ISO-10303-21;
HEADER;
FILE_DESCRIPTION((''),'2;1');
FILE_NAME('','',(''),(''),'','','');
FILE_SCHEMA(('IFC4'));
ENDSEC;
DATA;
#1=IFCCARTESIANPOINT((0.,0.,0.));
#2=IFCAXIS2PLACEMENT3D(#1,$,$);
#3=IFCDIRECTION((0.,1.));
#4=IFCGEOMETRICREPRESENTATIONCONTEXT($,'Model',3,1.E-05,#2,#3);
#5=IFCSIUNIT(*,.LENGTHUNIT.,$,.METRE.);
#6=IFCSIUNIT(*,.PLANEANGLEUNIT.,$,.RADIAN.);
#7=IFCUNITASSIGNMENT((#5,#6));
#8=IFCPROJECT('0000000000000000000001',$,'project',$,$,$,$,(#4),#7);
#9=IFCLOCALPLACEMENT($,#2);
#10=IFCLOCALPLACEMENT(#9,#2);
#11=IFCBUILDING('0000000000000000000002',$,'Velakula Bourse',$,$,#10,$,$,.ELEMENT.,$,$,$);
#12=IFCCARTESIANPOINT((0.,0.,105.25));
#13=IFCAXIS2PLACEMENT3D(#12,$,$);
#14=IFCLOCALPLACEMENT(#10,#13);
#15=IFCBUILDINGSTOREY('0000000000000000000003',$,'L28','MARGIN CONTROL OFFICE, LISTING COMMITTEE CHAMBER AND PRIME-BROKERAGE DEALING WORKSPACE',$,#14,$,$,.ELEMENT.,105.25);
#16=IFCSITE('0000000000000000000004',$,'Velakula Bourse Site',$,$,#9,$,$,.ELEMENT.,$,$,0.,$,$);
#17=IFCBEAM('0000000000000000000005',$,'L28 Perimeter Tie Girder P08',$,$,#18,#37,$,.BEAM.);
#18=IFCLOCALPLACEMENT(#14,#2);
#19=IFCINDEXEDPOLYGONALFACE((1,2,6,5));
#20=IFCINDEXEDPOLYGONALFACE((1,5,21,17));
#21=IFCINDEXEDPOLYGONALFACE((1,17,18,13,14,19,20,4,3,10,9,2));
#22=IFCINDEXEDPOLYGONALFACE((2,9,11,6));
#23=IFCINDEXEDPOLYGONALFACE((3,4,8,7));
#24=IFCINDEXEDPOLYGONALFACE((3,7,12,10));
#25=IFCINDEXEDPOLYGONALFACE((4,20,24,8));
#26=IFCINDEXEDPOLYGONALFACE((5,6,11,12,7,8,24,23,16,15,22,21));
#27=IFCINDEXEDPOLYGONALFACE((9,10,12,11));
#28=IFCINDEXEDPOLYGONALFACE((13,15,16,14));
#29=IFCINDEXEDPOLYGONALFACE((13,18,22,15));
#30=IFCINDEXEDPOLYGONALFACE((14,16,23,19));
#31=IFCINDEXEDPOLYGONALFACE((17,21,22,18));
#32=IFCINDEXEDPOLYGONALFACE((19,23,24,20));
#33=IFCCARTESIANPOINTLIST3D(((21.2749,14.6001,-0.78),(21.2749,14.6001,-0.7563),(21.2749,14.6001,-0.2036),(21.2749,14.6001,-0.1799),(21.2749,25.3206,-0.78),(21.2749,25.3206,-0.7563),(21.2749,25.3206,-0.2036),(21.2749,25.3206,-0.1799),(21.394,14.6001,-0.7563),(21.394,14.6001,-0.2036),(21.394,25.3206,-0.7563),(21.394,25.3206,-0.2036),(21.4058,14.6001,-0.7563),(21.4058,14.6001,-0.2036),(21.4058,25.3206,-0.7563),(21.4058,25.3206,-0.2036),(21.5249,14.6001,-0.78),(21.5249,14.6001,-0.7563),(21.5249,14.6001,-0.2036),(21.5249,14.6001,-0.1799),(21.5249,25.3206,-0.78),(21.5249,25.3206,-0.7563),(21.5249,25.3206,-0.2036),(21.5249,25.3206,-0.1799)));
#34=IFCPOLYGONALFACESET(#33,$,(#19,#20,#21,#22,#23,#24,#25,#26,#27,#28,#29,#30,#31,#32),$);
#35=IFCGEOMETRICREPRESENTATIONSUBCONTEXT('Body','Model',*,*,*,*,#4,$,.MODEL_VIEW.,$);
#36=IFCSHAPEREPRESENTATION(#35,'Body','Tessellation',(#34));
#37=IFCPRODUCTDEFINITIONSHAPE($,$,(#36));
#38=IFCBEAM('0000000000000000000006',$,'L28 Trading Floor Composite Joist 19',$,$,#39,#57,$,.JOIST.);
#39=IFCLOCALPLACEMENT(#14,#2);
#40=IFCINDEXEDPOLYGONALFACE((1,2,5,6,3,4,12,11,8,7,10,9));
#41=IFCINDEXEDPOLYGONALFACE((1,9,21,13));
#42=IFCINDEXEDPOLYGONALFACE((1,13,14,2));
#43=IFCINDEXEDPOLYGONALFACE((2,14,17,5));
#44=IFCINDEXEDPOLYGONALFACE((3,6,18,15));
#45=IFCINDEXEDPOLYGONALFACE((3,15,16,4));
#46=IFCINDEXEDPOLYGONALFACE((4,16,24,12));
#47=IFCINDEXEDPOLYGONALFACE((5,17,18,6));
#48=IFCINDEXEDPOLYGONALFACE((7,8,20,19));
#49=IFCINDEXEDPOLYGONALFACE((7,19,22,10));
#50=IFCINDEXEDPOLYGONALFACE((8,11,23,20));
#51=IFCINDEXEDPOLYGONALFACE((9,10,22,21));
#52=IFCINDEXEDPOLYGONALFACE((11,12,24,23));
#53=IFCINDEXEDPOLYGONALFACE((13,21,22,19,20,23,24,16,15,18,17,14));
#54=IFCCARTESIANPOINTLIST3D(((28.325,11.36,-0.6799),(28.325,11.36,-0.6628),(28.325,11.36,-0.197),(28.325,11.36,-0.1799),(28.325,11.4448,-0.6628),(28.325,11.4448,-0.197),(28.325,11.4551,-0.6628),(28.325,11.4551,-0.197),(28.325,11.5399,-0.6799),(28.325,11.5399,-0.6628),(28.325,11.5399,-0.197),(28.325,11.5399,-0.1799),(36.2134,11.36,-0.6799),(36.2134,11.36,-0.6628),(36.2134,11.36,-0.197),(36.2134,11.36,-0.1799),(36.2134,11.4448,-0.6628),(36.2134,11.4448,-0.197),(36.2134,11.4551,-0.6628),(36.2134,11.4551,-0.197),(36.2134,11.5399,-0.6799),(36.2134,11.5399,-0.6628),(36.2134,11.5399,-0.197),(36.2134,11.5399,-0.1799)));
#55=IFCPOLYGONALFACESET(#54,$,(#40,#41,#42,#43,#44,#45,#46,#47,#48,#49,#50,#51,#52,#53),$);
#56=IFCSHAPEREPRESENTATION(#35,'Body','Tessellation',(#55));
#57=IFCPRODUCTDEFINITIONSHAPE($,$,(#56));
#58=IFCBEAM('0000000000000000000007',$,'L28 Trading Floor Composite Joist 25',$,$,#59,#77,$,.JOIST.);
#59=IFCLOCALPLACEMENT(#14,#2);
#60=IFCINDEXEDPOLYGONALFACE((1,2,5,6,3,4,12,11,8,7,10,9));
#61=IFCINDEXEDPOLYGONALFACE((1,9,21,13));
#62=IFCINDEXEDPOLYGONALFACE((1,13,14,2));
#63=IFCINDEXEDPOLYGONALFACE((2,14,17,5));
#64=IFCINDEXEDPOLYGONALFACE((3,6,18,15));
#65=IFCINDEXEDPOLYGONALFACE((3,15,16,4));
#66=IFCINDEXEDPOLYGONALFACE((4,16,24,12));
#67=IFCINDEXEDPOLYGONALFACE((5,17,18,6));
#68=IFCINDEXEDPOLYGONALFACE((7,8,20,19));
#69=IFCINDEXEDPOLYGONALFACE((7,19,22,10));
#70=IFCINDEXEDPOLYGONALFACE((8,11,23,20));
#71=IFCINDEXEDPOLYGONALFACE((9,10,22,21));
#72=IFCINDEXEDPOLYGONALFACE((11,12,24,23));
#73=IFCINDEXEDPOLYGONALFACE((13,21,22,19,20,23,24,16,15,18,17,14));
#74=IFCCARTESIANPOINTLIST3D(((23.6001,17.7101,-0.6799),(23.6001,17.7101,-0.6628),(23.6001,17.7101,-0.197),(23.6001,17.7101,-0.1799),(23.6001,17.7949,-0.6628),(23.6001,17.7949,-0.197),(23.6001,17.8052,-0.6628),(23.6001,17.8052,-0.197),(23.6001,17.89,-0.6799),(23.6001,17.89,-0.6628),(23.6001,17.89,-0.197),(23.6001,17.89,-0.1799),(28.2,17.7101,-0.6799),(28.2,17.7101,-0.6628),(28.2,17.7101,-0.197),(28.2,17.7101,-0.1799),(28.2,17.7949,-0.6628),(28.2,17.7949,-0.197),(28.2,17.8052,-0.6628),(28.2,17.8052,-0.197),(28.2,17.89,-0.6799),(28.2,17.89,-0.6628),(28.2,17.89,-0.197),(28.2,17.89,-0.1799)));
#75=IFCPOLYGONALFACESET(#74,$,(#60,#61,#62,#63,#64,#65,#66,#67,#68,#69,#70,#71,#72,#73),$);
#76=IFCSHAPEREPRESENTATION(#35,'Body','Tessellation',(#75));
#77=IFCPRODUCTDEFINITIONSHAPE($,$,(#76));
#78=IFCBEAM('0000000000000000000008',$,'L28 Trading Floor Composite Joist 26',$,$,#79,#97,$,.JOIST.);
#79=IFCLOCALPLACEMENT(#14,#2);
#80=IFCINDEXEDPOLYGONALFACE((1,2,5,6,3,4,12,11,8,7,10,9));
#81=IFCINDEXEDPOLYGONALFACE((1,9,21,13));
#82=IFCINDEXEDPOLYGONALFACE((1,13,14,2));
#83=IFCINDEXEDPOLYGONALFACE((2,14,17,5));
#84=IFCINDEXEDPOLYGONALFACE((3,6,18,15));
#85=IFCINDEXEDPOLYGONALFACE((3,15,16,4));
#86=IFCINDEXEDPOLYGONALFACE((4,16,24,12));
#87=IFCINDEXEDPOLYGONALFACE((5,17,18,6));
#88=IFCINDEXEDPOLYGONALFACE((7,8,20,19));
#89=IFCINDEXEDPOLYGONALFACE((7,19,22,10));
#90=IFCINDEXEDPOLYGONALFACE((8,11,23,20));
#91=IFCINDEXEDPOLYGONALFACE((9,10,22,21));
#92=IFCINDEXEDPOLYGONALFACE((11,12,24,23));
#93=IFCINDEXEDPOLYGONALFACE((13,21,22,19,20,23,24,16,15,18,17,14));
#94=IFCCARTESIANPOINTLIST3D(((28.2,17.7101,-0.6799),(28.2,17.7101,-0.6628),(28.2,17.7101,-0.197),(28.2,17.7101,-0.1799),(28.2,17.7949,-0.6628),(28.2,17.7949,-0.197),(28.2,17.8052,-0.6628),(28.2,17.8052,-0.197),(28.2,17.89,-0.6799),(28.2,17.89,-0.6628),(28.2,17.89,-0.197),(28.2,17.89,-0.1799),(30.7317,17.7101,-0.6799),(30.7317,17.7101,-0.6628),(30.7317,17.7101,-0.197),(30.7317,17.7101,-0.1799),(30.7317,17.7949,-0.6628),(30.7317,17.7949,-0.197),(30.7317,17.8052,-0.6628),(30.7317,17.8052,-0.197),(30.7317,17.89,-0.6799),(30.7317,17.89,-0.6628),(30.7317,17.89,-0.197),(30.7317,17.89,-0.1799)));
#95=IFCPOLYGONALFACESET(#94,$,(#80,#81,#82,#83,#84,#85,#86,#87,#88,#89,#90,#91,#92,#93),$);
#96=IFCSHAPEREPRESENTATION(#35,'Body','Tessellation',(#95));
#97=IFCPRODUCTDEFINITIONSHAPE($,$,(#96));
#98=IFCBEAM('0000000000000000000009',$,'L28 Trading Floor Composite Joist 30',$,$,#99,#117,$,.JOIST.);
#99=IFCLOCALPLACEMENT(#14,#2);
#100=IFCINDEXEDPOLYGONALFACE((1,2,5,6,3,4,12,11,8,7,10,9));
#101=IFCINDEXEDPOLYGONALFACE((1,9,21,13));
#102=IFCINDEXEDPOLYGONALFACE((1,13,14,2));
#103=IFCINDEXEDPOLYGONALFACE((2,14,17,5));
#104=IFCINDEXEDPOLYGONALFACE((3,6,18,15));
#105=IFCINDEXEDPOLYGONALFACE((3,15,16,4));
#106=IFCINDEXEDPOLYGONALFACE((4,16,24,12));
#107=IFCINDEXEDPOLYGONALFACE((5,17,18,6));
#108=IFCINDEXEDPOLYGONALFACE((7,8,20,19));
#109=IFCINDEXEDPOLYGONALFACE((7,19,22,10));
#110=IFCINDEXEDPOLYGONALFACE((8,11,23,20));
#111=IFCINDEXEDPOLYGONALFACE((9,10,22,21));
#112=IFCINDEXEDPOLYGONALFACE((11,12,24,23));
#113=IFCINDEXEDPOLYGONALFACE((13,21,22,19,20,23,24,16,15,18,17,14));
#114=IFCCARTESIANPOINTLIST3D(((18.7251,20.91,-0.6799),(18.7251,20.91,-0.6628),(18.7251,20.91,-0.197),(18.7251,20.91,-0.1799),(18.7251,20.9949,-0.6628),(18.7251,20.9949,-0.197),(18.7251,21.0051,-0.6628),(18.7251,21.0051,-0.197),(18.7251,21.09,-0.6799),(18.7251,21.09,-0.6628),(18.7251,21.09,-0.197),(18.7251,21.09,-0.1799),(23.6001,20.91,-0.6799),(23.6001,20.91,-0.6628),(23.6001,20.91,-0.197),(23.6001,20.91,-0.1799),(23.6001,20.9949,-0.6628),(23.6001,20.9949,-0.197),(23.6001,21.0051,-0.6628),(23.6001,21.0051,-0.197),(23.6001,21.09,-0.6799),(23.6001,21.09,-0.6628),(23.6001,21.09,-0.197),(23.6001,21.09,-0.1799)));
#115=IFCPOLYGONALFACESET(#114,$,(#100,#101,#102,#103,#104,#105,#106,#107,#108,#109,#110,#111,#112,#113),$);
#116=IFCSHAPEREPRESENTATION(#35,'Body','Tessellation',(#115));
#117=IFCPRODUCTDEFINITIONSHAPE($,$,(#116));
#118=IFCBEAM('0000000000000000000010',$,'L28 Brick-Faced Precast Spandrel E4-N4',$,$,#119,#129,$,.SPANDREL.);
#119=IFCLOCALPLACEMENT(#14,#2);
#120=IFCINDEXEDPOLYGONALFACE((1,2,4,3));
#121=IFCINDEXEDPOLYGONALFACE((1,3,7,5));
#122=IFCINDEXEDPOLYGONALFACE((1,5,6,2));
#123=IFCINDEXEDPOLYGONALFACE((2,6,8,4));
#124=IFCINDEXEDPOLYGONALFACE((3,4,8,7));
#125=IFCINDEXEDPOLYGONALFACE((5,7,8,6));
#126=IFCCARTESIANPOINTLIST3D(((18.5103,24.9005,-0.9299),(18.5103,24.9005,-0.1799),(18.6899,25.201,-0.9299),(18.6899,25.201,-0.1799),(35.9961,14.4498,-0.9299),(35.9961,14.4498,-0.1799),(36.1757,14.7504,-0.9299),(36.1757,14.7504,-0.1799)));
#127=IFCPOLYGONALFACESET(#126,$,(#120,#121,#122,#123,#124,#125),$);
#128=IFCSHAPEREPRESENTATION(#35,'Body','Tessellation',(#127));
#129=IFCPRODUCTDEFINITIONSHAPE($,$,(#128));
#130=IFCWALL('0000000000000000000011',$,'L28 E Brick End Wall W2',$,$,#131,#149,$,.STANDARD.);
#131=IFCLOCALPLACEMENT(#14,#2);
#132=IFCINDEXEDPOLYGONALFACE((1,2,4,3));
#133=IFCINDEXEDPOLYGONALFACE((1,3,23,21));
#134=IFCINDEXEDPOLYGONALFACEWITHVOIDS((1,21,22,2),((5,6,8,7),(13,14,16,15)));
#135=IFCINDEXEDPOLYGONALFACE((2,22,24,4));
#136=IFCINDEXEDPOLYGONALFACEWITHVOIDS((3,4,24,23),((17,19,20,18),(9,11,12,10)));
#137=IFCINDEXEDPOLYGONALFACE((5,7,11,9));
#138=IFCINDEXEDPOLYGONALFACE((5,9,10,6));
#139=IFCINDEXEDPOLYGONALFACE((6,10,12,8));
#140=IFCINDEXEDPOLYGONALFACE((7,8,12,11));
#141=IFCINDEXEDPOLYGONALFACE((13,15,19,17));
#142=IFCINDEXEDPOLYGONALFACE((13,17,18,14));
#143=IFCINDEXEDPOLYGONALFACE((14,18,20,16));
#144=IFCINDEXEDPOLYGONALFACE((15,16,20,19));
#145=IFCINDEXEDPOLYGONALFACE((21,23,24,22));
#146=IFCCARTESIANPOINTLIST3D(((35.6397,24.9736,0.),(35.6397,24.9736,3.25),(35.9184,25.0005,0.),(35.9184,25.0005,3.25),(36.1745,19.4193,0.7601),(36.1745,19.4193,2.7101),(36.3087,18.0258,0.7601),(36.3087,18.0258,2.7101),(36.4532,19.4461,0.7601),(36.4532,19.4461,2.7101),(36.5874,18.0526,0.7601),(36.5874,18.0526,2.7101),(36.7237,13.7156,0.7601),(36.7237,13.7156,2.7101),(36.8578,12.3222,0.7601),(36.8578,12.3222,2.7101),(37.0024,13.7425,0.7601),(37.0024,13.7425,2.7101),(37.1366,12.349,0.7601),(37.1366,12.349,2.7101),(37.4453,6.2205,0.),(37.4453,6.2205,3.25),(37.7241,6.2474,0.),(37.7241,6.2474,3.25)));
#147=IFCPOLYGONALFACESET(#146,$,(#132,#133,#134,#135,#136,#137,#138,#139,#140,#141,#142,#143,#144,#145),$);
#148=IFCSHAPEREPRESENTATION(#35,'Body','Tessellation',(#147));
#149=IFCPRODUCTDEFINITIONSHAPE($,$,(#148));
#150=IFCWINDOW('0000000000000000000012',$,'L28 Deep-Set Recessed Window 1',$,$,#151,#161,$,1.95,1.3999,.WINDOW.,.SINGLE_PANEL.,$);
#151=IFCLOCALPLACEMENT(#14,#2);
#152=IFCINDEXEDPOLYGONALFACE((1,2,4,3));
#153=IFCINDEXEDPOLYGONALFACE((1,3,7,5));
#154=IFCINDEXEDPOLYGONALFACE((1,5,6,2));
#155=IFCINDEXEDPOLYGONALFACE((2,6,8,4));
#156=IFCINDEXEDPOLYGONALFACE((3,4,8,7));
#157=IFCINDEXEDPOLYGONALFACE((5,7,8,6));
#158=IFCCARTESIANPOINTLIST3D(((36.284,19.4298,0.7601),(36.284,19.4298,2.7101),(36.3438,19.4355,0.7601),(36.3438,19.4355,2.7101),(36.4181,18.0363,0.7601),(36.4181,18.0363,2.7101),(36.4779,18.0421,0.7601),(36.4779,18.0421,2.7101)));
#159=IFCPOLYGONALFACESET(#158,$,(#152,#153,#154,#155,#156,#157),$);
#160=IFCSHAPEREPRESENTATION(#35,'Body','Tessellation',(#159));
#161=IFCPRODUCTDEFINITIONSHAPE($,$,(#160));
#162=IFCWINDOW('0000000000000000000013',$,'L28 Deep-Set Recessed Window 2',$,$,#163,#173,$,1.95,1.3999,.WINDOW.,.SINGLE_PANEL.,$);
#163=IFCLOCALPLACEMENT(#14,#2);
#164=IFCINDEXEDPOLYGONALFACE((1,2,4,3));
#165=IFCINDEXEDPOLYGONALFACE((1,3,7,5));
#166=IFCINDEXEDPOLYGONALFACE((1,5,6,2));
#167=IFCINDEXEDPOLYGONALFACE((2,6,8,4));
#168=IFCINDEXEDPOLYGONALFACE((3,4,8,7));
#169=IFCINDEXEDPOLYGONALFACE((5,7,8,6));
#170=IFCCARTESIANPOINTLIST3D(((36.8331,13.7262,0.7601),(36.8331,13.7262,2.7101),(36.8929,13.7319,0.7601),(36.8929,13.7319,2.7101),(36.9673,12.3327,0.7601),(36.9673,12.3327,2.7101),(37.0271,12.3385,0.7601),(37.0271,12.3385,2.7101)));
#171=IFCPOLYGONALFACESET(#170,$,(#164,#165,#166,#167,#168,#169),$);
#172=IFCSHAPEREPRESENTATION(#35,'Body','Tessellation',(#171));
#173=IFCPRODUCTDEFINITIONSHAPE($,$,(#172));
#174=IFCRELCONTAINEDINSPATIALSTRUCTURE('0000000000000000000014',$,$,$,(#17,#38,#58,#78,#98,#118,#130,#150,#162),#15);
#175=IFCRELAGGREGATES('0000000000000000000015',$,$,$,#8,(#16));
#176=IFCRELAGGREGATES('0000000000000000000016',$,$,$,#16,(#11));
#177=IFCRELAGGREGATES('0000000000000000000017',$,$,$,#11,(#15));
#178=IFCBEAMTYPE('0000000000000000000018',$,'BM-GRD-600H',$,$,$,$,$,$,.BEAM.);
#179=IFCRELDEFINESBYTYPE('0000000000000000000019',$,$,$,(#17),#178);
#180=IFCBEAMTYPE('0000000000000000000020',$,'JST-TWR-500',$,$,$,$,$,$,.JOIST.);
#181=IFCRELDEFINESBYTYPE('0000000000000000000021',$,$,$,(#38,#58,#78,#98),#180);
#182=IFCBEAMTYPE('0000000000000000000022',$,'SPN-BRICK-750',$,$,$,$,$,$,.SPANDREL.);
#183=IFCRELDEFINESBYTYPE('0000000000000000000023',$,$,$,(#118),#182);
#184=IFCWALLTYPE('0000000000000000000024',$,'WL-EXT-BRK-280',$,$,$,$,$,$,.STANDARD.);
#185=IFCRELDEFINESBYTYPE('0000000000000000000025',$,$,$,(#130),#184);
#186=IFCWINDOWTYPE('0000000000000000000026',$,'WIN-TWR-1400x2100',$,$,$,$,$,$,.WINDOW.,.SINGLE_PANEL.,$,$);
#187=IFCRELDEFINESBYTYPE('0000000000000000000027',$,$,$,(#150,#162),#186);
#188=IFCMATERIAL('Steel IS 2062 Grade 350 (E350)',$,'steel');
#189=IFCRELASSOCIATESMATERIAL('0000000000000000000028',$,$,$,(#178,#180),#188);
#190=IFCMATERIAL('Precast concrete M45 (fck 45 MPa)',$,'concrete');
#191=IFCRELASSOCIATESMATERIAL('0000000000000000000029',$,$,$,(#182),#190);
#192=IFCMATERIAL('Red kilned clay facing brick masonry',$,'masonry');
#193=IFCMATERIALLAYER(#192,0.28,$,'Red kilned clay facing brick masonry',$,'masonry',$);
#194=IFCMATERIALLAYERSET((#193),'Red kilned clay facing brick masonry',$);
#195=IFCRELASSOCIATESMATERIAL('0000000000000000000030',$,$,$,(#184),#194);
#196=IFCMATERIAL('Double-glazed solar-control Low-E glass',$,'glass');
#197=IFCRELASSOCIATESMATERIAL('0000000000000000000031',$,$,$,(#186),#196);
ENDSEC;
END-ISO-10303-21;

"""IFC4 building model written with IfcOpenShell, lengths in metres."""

from ifc_helpers import new_model, si_unit, direction, frame, frame_2d, origin, origin_2d, place, context, subcontext, project, spatial, rectangle, i_section, extrude, material, layer, layer_set, material_profile, profile_set, type_object, element, fill, save


model = new_model("IFC4")

# Units and contexts
model_context = context("Model", 3, precision=1e-05, world=origin(), true_north=direction((0.0, 1.0)))
body_context = subcontext(model_context, "Body", "Model", "MODEL_VIEW")
ifc_project = project(units=[si_unit("LENGTHUNIT", "METRE"), si_unit("PLANEANGLEUNIT", "RADIAN")], contexts=[model_context])

# Site, building, storey
site_placement = place(None, origin())
site = spatial("IfcSite", under=ifc_project, at=site_placement, Name="Velakula Bourse Site", CompositionType="ELEMENT", RefElevation=0.0)
building_placement = place(site_placement, origin())
building = spatial("IfcBuilding", under=site, at=building_placement, Name="Velakula Bourse", CompositionType="ELEMENT")
storey_placement = place(building_placement, frame((0.0, 0.0, 105.25)))
storey = spatial("IfcBuildingStorey", under=building, at=storey_placement, Name="L28", Description="MARGIN CONTROL OFFICE, LISTING COMMITTEE CHAMBER AND PRIME-BROKERAGE DEALING WORKSPACE", CompositionType="ELEMENT", Elevation=105.25)

# Shared definitions
ifc_material_1 = material(Name="Precast concrete M45 (fck 45 MPa)", Category="concrete")

# Beams
ifc_material_2 = material(Name="Steel IS 2062 Grade 350 (E350)", Category="steel")
ifc_material_profile_1 = material_profile(ifc_material_2, i_section(OverallWidth=0.25, OverallDepth=0.6001, WebThickness=0.0117, FlangeThickness=0.0237, at=origin_2d()), Name="Steel IS 2062 Grade 350 (E350)")
ifc_profile_set_1 = profile_set([ifc_material_profile_1], Name="Steel IS 2062 Grade 350 (E350)")
beam_type_1 = type_object("IfcBeamType", Name="BM-GRD-600H", PredefinedType="BEAM", material=ifc_profile_set_1)
beam_1_placement = place(storey_placement, frame((21.3999, 14.6001, -0.48), z_axis=(0.0, 1.0, 0.0), x_axis=(-1.0, 0.0, 0.0)))
element("IfcBeam", 1, at=beam_1_placement, inside=storey, type_object=beam_type_1, Name="L28 Perimeter Tie Girder P08", PredefinedType="BEAM", context=body_context, shape_type="SweptSolid", body=[
    extrude(i_section(OverallWidth=0.25, OverallDepth=0.6001, WebThickness=0.0117, FlangeThickness=0.0237, at=origin_2d()), origin(), (0.0, 0.0, 1.0), 10.7205),
])
ifc_material_profile_2 = material_profile(ifc_material_2, i_section(OverallWidth=0.1799, OverallDepth=0.5, WebThickness=0.0103, FlangeThickness=0.0171, at=origin_2d()), Name="Steel IS 2062 Grade 350 (E350)")
ifc_profile_set_2 = profile_set([ifc_material_profile_2], Name="Steel IS 2062 Grade 350 (E350)")
beam_type_2 = type_object("IfcBeamType", Name="JST-TWR-500", PredefinedType="JOIST", material=ifc_profile_set_2)
beam_2_placement = place(storey_placement, frame((28.325, 11.45, -0.4299), z_axis=(1.0, 0.0, 0.0), x_axis=(0.0, 1.0, 0.0)))
element("IfcBeam", 2, at=beam_2_placement, inside=storey, type_object=beam_type_2, Name="L28 Trading Floor Composite Joist 19", PredefinedType="JOIST", context=body_context, shape_type="SweptSolid", body=[
    extrude(i_section(OverallWidth=0.1799, OverallDepth=0.5, WebThickness=0.0103, FlangeThickness=0.0171, at=origin_2d()), origin(), (0.0, 0.0, 1.0), 7.8884),
])
beam_3_placement = place(storey_placement, frame((23.6001, 17.8, -0.4299), z_axis=(1.0, 0.0, 0.0), x_axis=(0.0, 1.0, 0.0)))
element("IfcBeam", 3, at=beam_3_placement, inside=storey, type_object=beam_type_2, Name="L28 Trading Floor Composite Joist 25", PredefinedType="JOIST", context=body_context, shape_type="SweptSolid", body=[
    extrude(i_section(OverallWidth=0.1799, OverallDepth=0.5, WebThickness=0.0103, FlangeThickness=0.0171, at=origin_2d()), origin(), (0.0, 0.0, 1.0), 4.5999),
])
beam_4_placement = place(storey_placement, frame((28.2, 17.8, -0.4299), z_axis=(1.0, 0.0, 0.0), x_axis=(0.0, 1.0, 0.0)))
element("IfcBeam", 4, at=beam_4_placement, inside=storey, type_object=beam_type_2, Name="L28 Trading Floor Composite Joist 26", PredefinedType="JOIST", context=body_context, shape_type="SweptSolid", body=[
    extrude(i_section(OverallWidth=0.1799, OverallDepth=0.5, WebThickness=0.0103, FlangeThickness=0.0171, at=origin_2d()), origin(), (0.0, 0.0, 1.0), 2.5317),
])
beam_5_placement = place(storey_placement, frame((18.7251, 21.0, -0.4299), z_axis=(1.0, 0.0, 0.0), x_axis=(0.0, 1.0, 0.0)))
element("IfcBeam", 5, at=beam_5_placement, inside=storey, type_object=beam_type_2, Name="L28 Trading Floor Composite Joist 30", PredefinedType="JOIST", context=body_context, shape_type="SweptSolid", body=[
    extrude(i_section(OverallWidth=0.1799, OverallDepth=0.5, WebThickness=0.0103, FlangeThickness=0.0171, at=origin_2d()), origin(), (0.0, 0.0, 1.0), 4.875),
])
ifc_material_profile_3 = material_profile(ifc_material_1, rectangle(XDim=0.3501, YDim=0.75, at=origin_2d()), Name="Precast concrete M45 (fck 45 MPa)")
ifc_profile_set_3 = profile_set([ifc_material_profile_3], Name="Precast concrete M45 (fck 45 MPa)")
beam_type_3 = type_object("IfcBeamType", Name="SPN-BRICK-750", PredefinedType="SPANDREL", material=ifc_profile_set_3)
beam_6_placement = place(storey_placement, frame((36.0859, 14.6001, -0.5549), z_axis=(-0.858376, 0.513022, 0.0), x_axis=(-0.513022, -0.858376, 0.0)))
element("IfcBeam", 6, at=beam_6_placement, inside=storey, type_object=beam_type_3, Name="L28 Brick-Faced Precast Spandrel E4-N4", PredefinedType="SPANDREL", context=body_context, shape_type="SweptSolid", body=[
    extrude(rectangle(XDim=0.3501, YDim=0.75, at=origin_2d()), origin(), (0.0, 0.0, 1.0), 20.3708),
])

# Wall, openings, windows
ifc_material_3 = material(Name="Red kilned clay facing brick masonry", Category="masonry")
ifc_layer_1 = layer(ifc_material_3, 0.28, Name="Red kilned clay facing brick masonry", Category="masonry")
ifc_layer_set_1 = layer_set([ifc_layer_1], Name="Red kilned clay facing brick masonry")
wall_type_1 = type_object("IfcWallType", Name="WL-EXT-BRK-280", PredefinedType="STANDARD", material=ifc_layer_set_1)
wall_1_placement = place(storey_placement, frame((35.7791, 24.9871, 0.0), z_axis=(0.0, 0.0, 1.0), x_axis=(0.095843, -0.995397, 0.0)))
wall_1 = element("IfcWall", 7, at=wall_1_placement, inside=storey, type_object=wall_type_1, Name="L28 E Brick End Wall W2", PredefinedType="STANDARD", context=body_context, shape_type="SweptSolid", body=[
    extrude(rectangle(XDim=18.8398, YDim=0.28, at=frame_2d((9.4199, 0.0))), origin(), (0.0, 0.0, 1.0), 3.25),
])
opening_1_placement = place(wall_1_placement, frame((5.5801, 0.0, 0.76)))
opening_1 = element("IfcOpeningElement", 8, at=opening_1_placement, cuts=wall_1, PredefinedType="OPENING", context=body_context, shape_type="SweptSolid", body=[
    extrude(rectangle(XDim=1.3999, YDim=1.95, at=frame_2d((0.7, 0.9751))), frame((0.0, 0.1499, 0.0), z_axis=(0.0, -1.0, 0.0), x_axis=(1.0, 0.0, 0.0)), (0.0, 0.0, 1.0), 0.3),
])
opening_2_placement = place(wall_1_placement, frame((11.3101, 0.0, 0.76)))
opening_2 = element("IfcOpeningElement", 9, at=opening_2_placement, cuts=wall_1, PredefinedType="OPENING", context=body_context, shape_type="SweptSolid", body=[
    extrude(rectangle(XDim=1.3999, YDim=1.95, at=frame_2d((0.7, 0.9751))), frame((0.0, 0.1499, 0.0), z_axis=(0.0, -1.0, 0.0), x_axis=(1.0, 0.0, 0.0)), (0.0, 0.0, 1.0), 0.3),
])
ifc_material_4 = material(Name="Double-glazed solar-control Low-E glass", Category="glass")
window_type = type_object("IfcWindowType", Name="WIN-TWR-1400x2100", PartitioningType="SINGLE_PANEL", PredefinedType="WINDOW", material=ifc_material_4)
window_1_placement = place(opening_1_placement, origin())
window_1 = element("IfcWindow", 10, at=window_1_placement, inside=storey, type_object=window_type, Name="L28 Deep-Set Recessed Window 1", OverallHeight=1.95, OverallWidth=1.3999, PartitioningType="SINGLE_PANEL", PredefinedType="WINDOW", context=body_context, shape_type="SweptSolid", body=[
    extrude(rectangle(XDim=1.3999, YDim=1.95, at=frame_2d((0.7, 0.9751))), frame((0.0, 0.03, 0.0), z_axis=(0.0, -1.0, 0.0), x_axis=(1.0, 0.0, 0.0)), (0.0, 0.0, 1.0), 0.0601),
])
fill(opening_1, window_1)
window_2_placement = place(opening_2_placement, origin())
window_2 = element("IfcWindow", 11, at=window_2_placement, inside=storey, type_object=window_type, Name="L28 Deep-Set Recessed Window 2", OverallHeight=1.95, OverallWidth=1.3999, PartitioningType="SINGLE_PANEL", PredefinedType="WINDOW", context=body_context, shape_type="SweptSolid", body=[
    extrude(rectangle(XDim=1.3999, YDim=1.95, at=frame_2d((0.7, 0.9751))), frame((0.0, 0.03, 0.0), z_axis=(0.0, -1.0, 0.0), x_axis=(1.0, 0.0, 0.0)), (0.0, 0.0, 1.0), 0.0601),
])
fill(opening_2, window_2)

save(model, "model.ifc")
